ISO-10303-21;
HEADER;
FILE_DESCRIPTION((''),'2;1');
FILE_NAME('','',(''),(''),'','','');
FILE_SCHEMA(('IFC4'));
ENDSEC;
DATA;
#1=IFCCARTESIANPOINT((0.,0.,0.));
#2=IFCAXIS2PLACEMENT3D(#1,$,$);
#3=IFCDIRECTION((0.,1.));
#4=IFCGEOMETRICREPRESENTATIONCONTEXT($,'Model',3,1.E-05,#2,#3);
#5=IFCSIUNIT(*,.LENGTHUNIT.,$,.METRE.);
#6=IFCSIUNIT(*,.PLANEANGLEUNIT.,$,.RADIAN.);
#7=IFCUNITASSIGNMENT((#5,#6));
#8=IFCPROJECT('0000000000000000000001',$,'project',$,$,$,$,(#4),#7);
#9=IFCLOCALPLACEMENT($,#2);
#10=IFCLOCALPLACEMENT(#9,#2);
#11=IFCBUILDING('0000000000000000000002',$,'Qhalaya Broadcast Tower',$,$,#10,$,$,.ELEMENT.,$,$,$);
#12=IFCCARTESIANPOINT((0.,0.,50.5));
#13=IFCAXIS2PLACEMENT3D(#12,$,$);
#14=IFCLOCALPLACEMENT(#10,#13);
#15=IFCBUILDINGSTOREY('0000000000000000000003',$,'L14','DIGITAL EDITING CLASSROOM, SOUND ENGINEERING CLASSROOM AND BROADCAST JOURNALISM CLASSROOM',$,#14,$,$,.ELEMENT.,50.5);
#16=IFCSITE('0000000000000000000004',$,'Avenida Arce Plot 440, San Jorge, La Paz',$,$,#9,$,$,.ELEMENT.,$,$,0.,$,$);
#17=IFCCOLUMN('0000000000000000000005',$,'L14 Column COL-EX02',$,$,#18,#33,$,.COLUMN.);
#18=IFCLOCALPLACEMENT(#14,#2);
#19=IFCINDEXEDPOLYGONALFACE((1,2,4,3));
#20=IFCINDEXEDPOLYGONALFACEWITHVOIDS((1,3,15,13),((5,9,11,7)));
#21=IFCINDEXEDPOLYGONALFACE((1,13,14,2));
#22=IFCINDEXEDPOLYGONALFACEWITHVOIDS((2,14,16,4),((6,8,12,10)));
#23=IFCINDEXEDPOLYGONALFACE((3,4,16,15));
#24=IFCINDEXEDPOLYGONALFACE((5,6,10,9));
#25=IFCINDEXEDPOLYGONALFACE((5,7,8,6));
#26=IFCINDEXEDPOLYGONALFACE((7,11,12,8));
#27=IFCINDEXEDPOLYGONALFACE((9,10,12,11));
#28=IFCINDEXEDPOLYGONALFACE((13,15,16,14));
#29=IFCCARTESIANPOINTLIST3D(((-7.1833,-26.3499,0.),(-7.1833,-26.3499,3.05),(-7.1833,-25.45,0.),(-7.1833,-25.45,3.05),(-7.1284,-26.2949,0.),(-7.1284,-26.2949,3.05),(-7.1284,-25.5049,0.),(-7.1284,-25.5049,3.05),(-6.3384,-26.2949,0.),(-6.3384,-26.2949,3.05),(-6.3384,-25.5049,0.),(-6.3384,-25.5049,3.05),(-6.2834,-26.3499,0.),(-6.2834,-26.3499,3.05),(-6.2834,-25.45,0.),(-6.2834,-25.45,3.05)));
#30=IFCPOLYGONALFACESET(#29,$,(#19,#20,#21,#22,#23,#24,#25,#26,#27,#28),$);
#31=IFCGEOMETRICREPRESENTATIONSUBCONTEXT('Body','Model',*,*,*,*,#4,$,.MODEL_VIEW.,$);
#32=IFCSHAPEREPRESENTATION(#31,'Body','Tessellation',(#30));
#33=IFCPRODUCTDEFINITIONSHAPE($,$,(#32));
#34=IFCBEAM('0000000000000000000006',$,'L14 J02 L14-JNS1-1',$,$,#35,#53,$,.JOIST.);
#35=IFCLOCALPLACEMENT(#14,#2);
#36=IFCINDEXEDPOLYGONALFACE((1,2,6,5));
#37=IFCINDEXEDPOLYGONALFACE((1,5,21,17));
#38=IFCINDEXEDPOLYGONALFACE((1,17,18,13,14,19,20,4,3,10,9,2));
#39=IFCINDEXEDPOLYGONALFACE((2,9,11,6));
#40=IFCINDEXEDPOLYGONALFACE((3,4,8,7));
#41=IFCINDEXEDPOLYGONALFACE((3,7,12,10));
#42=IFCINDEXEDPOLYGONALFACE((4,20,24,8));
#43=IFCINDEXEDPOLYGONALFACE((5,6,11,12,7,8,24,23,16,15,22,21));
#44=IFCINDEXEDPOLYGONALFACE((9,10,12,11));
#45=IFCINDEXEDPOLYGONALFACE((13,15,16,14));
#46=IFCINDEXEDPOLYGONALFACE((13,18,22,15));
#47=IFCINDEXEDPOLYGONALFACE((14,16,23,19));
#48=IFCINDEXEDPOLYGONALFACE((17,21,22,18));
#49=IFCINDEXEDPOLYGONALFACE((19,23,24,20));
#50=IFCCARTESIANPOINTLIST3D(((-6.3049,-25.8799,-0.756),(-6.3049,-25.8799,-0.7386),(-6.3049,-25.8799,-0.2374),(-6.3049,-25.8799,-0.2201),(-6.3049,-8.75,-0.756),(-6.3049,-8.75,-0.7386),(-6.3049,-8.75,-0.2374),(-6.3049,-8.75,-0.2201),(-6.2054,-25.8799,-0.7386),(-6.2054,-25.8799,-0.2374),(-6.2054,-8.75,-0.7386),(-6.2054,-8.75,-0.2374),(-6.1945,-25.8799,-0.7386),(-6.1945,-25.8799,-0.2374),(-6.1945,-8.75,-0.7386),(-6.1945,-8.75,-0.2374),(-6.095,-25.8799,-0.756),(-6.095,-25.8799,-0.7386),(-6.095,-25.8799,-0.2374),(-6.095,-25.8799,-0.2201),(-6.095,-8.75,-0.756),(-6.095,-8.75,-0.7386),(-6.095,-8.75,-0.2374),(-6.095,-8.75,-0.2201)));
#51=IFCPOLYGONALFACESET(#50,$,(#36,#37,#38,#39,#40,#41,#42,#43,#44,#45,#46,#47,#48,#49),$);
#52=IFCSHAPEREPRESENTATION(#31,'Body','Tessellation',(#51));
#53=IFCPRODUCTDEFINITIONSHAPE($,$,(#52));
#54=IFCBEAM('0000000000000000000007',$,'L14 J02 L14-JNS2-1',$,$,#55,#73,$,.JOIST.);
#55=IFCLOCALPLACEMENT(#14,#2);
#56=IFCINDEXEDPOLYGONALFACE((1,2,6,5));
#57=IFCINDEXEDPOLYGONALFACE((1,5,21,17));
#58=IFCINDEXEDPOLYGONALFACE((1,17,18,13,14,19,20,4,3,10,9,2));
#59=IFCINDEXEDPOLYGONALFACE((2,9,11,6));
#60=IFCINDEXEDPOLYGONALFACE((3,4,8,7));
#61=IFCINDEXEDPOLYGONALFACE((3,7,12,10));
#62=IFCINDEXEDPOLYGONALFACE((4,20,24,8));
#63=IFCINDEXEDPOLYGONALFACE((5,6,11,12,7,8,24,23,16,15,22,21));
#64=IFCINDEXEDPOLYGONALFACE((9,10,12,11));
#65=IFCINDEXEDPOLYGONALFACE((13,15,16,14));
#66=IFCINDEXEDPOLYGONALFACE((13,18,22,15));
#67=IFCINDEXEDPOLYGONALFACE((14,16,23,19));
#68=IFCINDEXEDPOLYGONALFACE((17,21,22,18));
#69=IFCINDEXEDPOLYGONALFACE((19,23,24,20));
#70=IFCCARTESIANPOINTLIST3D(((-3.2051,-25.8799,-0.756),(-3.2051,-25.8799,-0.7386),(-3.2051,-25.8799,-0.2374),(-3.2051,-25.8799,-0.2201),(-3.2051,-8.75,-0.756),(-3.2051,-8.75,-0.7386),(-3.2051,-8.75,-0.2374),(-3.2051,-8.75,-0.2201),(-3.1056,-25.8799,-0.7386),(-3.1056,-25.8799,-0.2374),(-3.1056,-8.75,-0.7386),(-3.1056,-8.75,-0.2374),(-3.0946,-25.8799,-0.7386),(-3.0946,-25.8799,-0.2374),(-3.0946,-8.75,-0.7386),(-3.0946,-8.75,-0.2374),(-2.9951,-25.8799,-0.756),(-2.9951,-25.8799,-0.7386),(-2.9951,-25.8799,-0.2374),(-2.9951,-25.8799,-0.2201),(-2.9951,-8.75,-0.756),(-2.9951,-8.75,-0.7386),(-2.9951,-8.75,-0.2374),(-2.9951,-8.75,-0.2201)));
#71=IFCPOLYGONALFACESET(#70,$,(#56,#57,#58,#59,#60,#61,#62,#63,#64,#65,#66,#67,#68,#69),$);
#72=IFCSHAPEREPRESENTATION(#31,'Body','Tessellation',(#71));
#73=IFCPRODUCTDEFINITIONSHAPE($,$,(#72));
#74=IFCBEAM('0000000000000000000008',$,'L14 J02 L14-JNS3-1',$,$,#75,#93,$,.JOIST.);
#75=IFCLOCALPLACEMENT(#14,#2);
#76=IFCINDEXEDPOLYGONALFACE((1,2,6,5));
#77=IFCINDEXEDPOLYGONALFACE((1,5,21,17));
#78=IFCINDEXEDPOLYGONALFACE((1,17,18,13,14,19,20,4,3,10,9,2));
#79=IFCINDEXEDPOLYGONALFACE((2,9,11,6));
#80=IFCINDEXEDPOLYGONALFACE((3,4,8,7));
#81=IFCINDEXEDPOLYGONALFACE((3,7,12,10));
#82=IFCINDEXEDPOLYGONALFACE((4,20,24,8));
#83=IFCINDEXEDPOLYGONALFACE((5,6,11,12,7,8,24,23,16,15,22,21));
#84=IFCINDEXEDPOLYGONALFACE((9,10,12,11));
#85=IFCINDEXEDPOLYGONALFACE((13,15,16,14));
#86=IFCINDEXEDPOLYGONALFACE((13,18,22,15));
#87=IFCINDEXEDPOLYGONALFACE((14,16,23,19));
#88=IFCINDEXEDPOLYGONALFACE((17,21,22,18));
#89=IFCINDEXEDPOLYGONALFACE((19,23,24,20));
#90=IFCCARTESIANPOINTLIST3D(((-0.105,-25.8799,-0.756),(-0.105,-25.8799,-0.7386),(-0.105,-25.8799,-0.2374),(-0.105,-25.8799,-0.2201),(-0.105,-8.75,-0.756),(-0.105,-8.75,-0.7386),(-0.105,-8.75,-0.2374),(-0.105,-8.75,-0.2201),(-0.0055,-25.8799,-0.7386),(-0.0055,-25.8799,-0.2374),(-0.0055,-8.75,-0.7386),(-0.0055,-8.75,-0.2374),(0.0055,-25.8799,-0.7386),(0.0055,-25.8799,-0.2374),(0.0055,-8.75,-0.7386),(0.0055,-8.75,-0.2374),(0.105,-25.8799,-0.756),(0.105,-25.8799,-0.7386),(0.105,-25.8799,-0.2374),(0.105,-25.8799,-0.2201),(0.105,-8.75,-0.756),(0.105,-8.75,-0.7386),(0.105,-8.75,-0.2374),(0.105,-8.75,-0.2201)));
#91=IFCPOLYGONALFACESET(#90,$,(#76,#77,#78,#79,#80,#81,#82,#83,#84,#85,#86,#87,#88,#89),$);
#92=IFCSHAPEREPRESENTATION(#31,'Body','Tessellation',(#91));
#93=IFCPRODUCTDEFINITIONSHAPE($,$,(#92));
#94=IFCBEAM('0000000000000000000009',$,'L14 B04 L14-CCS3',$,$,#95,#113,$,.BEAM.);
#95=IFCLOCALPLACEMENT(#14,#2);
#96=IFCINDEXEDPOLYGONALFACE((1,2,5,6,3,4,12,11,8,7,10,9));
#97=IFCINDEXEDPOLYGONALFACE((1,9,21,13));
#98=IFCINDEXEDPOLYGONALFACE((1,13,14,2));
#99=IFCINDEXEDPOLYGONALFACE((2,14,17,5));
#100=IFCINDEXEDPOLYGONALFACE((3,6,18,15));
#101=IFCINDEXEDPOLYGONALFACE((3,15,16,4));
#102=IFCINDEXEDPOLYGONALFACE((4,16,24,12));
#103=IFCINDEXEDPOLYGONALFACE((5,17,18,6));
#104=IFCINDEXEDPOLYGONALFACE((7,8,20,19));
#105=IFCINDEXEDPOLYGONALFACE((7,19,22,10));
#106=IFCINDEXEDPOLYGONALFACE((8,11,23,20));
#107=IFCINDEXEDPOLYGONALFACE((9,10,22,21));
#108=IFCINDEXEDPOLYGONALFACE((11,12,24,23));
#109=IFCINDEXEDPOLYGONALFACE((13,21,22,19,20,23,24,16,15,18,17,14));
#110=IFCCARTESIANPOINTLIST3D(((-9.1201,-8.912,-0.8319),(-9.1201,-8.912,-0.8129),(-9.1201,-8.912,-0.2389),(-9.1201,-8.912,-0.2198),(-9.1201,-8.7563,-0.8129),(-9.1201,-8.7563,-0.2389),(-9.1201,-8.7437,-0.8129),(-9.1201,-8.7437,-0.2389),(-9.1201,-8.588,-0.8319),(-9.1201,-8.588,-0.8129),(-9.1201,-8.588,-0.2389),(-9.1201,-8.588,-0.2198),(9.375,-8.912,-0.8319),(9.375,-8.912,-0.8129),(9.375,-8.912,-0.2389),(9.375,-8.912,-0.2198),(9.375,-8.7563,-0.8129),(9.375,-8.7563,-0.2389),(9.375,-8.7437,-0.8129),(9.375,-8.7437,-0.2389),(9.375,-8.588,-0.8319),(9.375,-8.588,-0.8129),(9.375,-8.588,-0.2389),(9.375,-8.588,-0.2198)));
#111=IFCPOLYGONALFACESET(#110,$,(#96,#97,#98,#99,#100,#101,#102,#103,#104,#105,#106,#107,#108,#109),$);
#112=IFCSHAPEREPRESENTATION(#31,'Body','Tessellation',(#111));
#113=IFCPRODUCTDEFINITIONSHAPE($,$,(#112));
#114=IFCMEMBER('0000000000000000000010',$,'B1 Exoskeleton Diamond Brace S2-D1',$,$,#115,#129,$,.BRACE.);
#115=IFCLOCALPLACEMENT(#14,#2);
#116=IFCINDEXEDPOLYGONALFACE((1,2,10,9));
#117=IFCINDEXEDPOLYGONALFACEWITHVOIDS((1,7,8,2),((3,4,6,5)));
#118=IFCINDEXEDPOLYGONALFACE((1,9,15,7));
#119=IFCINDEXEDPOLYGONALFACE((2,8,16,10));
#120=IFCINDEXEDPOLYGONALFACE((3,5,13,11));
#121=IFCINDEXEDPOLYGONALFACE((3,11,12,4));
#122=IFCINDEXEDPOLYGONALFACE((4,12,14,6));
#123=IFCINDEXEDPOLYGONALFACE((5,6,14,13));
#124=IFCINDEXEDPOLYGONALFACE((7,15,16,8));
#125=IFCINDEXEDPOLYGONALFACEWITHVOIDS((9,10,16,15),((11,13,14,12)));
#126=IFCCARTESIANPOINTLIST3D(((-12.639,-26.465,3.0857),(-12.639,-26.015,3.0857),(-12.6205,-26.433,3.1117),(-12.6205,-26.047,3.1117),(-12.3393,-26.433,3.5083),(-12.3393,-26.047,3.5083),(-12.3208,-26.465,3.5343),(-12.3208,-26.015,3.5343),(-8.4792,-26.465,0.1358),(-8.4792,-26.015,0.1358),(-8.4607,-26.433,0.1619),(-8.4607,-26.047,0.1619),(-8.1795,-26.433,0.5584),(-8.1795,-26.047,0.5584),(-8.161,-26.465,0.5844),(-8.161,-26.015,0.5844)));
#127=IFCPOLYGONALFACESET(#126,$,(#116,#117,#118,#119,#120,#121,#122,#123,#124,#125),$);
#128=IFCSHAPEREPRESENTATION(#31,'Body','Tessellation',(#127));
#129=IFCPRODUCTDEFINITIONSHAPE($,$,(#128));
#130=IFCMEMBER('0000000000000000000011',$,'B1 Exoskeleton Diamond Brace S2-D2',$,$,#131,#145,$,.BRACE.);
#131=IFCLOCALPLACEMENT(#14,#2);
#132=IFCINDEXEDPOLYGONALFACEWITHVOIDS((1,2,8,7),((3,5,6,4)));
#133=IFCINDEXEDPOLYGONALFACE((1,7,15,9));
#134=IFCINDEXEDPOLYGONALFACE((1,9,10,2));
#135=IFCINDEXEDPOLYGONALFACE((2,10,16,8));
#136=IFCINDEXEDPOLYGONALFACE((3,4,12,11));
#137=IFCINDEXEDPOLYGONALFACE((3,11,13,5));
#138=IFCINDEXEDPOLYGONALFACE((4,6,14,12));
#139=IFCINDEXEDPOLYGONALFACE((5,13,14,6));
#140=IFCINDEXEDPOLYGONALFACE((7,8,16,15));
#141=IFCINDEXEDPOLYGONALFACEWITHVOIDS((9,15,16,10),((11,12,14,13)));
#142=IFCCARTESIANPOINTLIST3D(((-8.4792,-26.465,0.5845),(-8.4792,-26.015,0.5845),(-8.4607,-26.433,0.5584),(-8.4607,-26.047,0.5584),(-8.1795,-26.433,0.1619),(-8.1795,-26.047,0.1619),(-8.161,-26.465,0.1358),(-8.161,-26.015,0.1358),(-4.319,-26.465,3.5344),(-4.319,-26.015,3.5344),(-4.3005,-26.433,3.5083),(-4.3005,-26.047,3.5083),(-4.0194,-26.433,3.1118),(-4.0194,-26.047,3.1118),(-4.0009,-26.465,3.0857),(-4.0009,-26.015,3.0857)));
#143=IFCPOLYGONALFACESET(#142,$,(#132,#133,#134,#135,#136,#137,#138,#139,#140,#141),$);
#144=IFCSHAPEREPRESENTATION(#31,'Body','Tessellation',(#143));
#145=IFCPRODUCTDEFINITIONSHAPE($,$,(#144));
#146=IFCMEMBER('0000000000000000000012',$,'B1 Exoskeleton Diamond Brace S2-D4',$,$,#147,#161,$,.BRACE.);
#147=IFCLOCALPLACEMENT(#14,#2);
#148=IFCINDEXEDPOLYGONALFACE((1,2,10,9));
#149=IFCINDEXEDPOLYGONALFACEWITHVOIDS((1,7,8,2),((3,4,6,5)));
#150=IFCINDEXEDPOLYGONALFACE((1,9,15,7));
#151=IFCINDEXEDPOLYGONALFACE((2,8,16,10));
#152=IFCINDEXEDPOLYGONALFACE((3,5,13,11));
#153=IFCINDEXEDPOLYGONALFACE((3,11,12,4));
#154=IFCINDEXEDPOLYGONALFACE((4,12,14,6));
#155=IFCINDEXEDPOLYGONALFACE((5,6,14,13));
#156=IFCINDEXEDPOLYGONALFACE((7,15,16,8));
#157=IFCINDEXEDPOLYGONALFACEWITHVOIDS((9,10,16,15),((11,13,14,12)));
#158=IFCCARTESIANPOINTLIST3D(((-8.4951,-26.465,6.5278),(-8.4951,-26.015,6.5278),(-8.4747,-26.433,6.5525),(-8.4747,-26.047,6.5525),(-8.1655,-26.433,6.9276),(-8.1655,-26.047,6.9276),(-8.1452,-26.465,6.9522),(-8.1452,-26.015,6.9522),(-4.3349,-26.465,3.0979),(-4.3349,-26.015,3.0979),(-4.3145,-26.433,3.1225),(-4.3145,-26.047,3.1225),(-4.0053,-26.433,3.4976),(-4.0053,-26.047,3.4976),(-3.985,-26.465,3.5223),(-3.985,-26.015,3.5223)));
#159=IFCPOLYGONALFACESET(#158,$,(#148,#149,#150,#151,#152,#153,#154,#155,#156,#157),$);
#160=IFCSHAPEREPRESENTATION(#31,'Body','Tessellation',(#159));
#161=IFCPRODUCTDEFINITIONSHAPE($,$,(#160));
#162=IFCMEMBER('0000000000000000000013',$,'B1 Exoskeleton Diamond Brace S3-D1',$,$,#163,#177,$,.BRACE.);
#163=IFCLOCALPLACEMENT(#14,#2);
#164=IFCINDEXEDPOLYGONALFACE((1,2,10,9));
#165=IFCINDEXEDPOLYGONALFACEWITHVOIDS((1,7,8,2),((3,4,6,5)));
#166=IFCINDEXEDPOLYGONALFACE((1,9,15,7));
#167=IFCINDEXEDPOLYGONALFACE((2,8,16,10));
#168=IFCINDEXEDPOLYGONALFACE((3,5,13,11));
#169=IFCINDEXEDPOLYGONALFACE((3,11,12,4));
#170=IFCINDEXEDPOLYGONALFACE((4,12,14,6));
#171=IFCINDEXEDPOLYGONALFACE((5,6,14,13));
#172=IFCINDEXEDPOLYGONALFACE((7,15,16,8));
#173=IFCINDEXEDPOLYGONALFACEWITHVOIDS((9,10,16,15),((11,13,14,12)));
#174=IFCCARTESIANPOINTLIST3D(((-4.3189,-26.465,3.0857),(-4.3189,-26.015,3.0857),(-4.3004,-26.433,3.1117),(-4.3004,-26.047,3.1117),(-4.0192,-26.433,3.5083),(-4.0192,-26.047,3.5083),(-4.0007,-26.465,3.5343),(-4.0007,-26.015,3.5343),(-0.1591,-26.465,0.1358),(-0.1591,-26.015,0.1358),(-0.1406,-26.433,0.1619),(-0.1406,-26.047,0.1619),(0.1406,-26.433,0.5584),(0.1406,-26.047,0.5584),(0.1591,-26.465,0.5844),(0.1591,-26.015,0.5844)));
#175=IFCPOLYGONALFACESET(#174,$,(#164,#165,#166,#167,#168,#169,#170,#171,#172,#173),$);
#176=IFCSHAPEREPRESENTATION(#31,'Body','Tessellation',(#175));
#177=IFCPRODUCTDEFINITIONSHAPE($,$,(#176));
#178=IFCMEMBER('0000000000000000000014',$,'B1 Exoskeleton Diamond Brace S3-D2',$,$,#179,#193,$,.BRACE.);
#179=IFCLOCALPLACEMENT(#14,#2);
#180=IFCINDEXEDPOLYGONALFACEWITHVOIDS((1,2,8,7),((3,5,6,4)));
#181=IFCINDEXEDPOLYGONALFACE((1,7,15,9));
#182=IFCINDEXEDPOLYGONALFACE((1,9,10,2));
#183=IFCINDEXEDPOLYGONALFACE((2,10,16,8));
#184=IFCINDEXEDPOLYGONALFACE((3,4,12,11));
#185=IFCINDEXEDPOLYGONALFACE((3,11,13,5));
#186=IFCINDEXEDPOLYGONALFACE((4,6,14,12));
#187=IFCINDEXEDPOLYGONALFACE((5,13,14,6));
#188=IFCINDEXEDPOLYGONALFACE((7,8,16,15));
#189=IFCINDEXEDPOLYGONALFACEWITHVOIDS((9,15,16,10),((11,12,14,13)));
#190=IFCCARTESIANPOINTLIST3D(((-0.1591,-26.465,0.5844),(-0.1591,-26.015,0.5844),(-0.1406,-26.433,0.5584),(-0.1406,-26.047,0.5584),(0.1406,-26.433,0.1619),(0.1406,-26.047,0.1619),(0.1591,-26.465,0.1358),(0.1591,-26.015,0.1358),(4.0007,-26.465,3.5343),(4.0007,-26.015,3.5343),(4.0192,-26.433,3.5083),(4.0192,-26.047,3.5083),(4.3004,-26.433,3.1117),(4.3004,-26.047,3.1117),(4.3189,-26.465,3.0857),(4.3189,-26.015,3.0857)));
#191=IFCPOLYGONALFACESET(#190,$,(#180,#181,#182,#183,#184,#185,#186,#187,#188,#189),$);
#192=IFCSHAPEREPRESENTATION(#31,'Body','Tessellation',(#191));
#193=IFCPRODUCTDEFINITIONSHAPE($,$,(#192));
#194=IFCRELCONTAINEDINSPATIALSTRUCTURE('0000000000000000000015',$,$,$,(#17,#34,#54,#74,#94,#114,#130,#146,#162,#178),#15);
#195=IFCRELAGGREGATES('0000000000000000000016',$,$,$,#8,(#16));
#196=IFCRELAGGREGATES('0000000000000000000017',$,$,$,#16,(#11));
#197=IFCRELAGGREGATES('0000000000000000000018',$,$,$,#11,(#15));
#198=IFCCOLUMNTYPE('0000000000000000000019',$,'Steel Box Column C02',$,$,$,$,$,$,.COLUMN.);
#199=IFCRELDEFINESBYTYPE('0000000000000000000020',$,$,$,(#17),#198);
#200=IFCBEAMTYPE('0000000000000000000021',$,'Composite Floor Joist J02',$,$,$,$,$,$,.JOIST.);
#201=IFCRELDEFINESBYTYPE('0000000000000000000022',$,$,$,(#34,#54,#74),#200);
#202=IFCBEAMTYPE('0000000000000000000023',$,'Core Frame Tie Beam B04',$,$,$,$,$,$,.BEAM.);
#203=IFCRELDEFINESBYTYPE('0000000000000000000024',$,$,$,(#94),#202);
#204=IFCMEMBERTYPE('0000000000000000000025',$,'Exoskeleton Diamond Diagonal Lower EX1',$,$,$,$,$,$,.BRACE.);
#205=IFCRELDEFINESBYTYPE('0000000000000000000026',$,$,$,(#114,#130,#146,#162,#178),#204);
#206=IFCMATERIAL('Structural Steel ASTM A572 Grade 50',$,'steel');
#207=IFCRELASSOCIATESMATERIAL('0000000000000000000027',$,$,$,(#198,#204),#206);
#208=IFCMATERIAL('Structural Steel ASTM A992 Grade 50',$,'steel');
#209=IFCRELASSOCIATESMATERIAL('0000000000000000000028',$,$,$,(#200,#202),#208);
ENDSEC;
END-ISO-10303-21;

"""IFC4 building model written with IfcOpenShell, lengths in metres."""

from ifc_helpers import new_model, si_unit, direction, frame, origin, origin_2d, place, context, subcontext, project, spatial, hollow_rectangle, i_section, extrude, material, material_profile, profile_set, type_object, element, save


model = new_model("IFC4")

# Units and contexts
model_context = context("Model", 3, precision=1e-05, world=origin(), true_north=direction((0.0, 1.0)))
body_context = subcontext(model_context, "Body", "Model", "MODEL_VIEW")
ifc_project = project(units=[si_unit("LENGTHUNIT", "METRE"), si_unit("PLANEANGLEUNIT", "RADIAN")], contexts=[model_context])

# Site, building, storey
site_placement = place(None, origin())
site = spatial("IfcSite", under=ifc_project, at=site_placement, Name="Avenida Arce Plot 440, San Jorge, La Paz", CompositionType="ELEMENT", RefElevation=0.0)
building_placement = place(site_placement, origin())
building = spatial("IfcBuilding", under=site, at=building_placement, Name="Qhalaya Broadcast Tower", CompositionType="ELEMENT")
storey_placement = place(building_placement, frame((0.0, 0.0, 50.5)))
storey = spatial("IfcBuildingStorey", under=building, at=storey_placement, Name="L14", Description="DIGITAL EDITING CLASSROOM, SOUND ENGINEERING CLASSROOM AND BROADCAST JOURNALISM CLASSROOM", CompositionType="ELEMENT", Elevation=50.5)

# Column
ifc_material_1 = material(Name="Structural Steel ASTM A572 Grade 50", Category="steel")
ifc_material_profile_1 = material_profile(ifc_material_1, hollow_rectangle(XDim=0.8999, YDim=0.8999, WallThickness=0.0549, at=origin_2d()), Name="BOX 900x900x55")
ifc_profile_set_1 = profile_set([ifc_material_profile_1], Name="Structural Steel ASTM A572 Grade 50")
column_type = type_object("IfcColumnType", Name="Steel Box Column C02", PredefinedType="COLUMN", material=ifc_profile_set_1)
column_placement = place(storey_placement, frame((-6.7334, -25.8999, 0.0), z_axis=(0.0, 0.0, 1.0), x_axis=(1.0, 0.0, 0.0)))
element("IfcColumn", 1, at=column_placement, inside=storey, type_object=column_type, Name="L14 Column COL-EX02", PredefinedType="COLUMN", context=body_context, shape_type="SweptSolid", body=[
    extrude(hollow_rectangle(XDim=0.8999, YDim=0.8999, WallThickness=0.0549, at=origin_2d()), origin(), (0.0, 0.0, 1.0), 3.05),
])

# Beams
ifc_material_2 = material(Name="Structural Steel ASTM A992 Grade 50", Category="steel")
ifc_material_profile_2 = material_profile(ifc_material_2, i_section(OverallWidth=0.21, OverallDepth=0.5359, WebThickness=0.011, FlangeThickness=0.0173, at=origin_2d()), Name="W21X68")
ifc_profile_set_2 = profile_set([ifc_material_profile_2], Name="Structural Steel ASTM A992 Grade 50")
beam_type_1 = type_object("IfcBeamType", Name="Composite Floor Joist J02", PredefinedType="JOIST", material=ifc_profile_set_2)
for number, where, z_axis, x_axis, name in (
    (2, (-6.2, -25.8799, -0.488), (0.0, 1.0, 0.0), (-1.0, 0.0, 0.0), "L14 J02 L14-JNS1-1"),
    (3, (-3.1001, -25.8799, -0.488), (0.0, 1.0, 0.0), (-1.0, 0.0, 0.0), "L14 J02 L14-JNS2-1"),
    (4, (0.0, -25.8799, -0.488), (0.0, 1.0, 0.0), (-1.0, 0.0, 0.0), "L14 J02 L14-JNS3-1"),
):
    element("IfcBeam", number, at=place(storey_placement, frame(where, z_axis=z_axis, x_axis=x_axis)), inside=storey, type_object=beam_type_1, Name=name, PredefinedType="JOIST", context=body_context, shape_type="SweptSolid", body=[
        extrude(i_section(OverallWidth=0.21, OverallDepth=0.5359, WebThickness=0.011, FlangeThickness=0.0173, at=origin_2d()), origin(), (0.0, 0.0, 1.0), 17.1299),
    ])
ifc_material_profile_3 = material_profile(ifc_material_2, i_section(OverallWidth=0.324, OverallDepth=0.6121, WebThickness=0.0127, FlangeThickness=0.019, at=origin_2d()), Name="W24X104")
ifc_profile_set_3 = profile_set([ifc_material_profile_3], Name="Structural Steel ASTM A992 Grade 50")
beam_type_2 = type_object("IfcBeamType", Name="Core Frame Tie Beam B04", PredefinedType="BEAM", material=ifc_profile_set_3)
beam_1_placement = place(storey_placement, frame((-9.1201, -8.75, -0.5259), z_axis=(1.0, 0.0, 0.0), x_axis=(0.0, 1.0, 0.0)))
element("IfcBeam", 5, at=beam_1_placement, inside=storey, type_object=beam_type_2, Name="L14 B04 L14-CCS3", PredefinedType="BEAM", context=body_context, shape_type="SweptSolid", body=[
    extrude(i_section(OverallWidth=0.324, OverallDepth=0.6121, WebThickness=0.0127, FlangeThickness=0.019, at=origin_2d()), origin(), (0.0, 0.0, 1.0), 18.4951),
])

# Members
ifc_material_profile_4 = material_profile(ifc_material_1, hollow_rectangle(XDim=0.45, YDim=0.55, WallThickness=0.032, at=origin_2d()), Name="BOX 450x550x32")
ifc_profile_set_4 = profile_set([ifc_material_profile_4], Name="Structural Steel ASTM A572 Grade 50")
member_type = type_object("IfcMemberType", Name="Exoskeleton Diamond Diagonal Lower EX1", PredefinedType="BRACE", material=ifc_profile_set_4)
member_1_placement = place(storey_placement, frame((-8.3201, -26.24, 0.3601), z_axis=(-0.815715, 0.0, 0.578454), x_axis=(0.0, -1.0, 0.0)))
element("IfcMember", 6, at=member_1_placement, inside=storey, type_object=member_type, Name="B1 Exoskeleton Diamond Brace S2-D1", PredefinedType="BRACE", context=body_context, shape_type="SweptSolid", body=[
    extrude(hollow_rectangle(XDim=0.45, YDim=0.55, WallThickness=0.032, at=origin_2d()), origin(), (0.0, 0.0, 1.0), 5.0996),
])
member_2_placement = place(storey_placement, frame((-8.3201, -26.24, 0.3601), z_axis=(0.815731, 0.0, 0.578432), x_axis=(0.0, 1.0, 0.0)))
element("IfcMember", 7, at=member_2_placement, inside=storey, type_object=member_type, Name="B1 Exoskeleton Diamond Brace S2-D2", PredefinedType="BRACE", context=body_context, shape_type="SweptSolid", body=[
    extrude(hollow_rectangle(XDim=0.45, YDim=0.55, WallThickness=0.032, at=origin_2d()), origin(), (0.0, 0.0, 1.0), 5.0999),
])
member_3_placement = place(storey_placement, frame((-4.1599, -26.24, 3.3101), z_axis=(-0.771573, 0.0, 0.63614), x_axis=(0.0, -1.0, 0.0)))
element("IfcMember", 8, at=member_3_placement, inside=storey, type_object=member_type, Name="B1 Exoskeleton Diamond Brace S2-D4", PredefinedType="BRACE", context=body_context, shape_type="SweptSolid", body=[
    extrude(hollow_rectangle(XDim=0.45, YDim=0.55, WallThickness=0.032, at=origin_2d()), origin(), (0.0, 0.0, 1.0), 5.3918),
])
for number, where, z_axis, x_axis, name in (
    (9, (0.0, -26.24, 0.3601), (-0.815715, 0.0, 0.578454), (0.0, -1.0, 0.0), "B1 Exoskeleton Diamond Brace S3-D1"),
    (10, (0.0, -26.24, 0.3601), (0.815715, 0.0, 0.578454), (0.0, 1.0, 0.0), "B1 Exoskeleton Diamond Brace S3-D2"),
):
    element("IfcMember", number, at=place(storey_placement, frame(where, z_axis=z_axis, x_axis=x_axis)), inside=storey, type_object=member_type, Name=name, PredefinedType="BRACE", context=body_context, shape_type="SweptSolid", body=[
        extrude(hollow_rectangle(XDim=0.45, YDim=0.55, WallThickness=0.032, at=origin_2d()), origin(), (0.0, 0.0, 1.0), 5.0996),
    ])

save(model, "model.ifc")
